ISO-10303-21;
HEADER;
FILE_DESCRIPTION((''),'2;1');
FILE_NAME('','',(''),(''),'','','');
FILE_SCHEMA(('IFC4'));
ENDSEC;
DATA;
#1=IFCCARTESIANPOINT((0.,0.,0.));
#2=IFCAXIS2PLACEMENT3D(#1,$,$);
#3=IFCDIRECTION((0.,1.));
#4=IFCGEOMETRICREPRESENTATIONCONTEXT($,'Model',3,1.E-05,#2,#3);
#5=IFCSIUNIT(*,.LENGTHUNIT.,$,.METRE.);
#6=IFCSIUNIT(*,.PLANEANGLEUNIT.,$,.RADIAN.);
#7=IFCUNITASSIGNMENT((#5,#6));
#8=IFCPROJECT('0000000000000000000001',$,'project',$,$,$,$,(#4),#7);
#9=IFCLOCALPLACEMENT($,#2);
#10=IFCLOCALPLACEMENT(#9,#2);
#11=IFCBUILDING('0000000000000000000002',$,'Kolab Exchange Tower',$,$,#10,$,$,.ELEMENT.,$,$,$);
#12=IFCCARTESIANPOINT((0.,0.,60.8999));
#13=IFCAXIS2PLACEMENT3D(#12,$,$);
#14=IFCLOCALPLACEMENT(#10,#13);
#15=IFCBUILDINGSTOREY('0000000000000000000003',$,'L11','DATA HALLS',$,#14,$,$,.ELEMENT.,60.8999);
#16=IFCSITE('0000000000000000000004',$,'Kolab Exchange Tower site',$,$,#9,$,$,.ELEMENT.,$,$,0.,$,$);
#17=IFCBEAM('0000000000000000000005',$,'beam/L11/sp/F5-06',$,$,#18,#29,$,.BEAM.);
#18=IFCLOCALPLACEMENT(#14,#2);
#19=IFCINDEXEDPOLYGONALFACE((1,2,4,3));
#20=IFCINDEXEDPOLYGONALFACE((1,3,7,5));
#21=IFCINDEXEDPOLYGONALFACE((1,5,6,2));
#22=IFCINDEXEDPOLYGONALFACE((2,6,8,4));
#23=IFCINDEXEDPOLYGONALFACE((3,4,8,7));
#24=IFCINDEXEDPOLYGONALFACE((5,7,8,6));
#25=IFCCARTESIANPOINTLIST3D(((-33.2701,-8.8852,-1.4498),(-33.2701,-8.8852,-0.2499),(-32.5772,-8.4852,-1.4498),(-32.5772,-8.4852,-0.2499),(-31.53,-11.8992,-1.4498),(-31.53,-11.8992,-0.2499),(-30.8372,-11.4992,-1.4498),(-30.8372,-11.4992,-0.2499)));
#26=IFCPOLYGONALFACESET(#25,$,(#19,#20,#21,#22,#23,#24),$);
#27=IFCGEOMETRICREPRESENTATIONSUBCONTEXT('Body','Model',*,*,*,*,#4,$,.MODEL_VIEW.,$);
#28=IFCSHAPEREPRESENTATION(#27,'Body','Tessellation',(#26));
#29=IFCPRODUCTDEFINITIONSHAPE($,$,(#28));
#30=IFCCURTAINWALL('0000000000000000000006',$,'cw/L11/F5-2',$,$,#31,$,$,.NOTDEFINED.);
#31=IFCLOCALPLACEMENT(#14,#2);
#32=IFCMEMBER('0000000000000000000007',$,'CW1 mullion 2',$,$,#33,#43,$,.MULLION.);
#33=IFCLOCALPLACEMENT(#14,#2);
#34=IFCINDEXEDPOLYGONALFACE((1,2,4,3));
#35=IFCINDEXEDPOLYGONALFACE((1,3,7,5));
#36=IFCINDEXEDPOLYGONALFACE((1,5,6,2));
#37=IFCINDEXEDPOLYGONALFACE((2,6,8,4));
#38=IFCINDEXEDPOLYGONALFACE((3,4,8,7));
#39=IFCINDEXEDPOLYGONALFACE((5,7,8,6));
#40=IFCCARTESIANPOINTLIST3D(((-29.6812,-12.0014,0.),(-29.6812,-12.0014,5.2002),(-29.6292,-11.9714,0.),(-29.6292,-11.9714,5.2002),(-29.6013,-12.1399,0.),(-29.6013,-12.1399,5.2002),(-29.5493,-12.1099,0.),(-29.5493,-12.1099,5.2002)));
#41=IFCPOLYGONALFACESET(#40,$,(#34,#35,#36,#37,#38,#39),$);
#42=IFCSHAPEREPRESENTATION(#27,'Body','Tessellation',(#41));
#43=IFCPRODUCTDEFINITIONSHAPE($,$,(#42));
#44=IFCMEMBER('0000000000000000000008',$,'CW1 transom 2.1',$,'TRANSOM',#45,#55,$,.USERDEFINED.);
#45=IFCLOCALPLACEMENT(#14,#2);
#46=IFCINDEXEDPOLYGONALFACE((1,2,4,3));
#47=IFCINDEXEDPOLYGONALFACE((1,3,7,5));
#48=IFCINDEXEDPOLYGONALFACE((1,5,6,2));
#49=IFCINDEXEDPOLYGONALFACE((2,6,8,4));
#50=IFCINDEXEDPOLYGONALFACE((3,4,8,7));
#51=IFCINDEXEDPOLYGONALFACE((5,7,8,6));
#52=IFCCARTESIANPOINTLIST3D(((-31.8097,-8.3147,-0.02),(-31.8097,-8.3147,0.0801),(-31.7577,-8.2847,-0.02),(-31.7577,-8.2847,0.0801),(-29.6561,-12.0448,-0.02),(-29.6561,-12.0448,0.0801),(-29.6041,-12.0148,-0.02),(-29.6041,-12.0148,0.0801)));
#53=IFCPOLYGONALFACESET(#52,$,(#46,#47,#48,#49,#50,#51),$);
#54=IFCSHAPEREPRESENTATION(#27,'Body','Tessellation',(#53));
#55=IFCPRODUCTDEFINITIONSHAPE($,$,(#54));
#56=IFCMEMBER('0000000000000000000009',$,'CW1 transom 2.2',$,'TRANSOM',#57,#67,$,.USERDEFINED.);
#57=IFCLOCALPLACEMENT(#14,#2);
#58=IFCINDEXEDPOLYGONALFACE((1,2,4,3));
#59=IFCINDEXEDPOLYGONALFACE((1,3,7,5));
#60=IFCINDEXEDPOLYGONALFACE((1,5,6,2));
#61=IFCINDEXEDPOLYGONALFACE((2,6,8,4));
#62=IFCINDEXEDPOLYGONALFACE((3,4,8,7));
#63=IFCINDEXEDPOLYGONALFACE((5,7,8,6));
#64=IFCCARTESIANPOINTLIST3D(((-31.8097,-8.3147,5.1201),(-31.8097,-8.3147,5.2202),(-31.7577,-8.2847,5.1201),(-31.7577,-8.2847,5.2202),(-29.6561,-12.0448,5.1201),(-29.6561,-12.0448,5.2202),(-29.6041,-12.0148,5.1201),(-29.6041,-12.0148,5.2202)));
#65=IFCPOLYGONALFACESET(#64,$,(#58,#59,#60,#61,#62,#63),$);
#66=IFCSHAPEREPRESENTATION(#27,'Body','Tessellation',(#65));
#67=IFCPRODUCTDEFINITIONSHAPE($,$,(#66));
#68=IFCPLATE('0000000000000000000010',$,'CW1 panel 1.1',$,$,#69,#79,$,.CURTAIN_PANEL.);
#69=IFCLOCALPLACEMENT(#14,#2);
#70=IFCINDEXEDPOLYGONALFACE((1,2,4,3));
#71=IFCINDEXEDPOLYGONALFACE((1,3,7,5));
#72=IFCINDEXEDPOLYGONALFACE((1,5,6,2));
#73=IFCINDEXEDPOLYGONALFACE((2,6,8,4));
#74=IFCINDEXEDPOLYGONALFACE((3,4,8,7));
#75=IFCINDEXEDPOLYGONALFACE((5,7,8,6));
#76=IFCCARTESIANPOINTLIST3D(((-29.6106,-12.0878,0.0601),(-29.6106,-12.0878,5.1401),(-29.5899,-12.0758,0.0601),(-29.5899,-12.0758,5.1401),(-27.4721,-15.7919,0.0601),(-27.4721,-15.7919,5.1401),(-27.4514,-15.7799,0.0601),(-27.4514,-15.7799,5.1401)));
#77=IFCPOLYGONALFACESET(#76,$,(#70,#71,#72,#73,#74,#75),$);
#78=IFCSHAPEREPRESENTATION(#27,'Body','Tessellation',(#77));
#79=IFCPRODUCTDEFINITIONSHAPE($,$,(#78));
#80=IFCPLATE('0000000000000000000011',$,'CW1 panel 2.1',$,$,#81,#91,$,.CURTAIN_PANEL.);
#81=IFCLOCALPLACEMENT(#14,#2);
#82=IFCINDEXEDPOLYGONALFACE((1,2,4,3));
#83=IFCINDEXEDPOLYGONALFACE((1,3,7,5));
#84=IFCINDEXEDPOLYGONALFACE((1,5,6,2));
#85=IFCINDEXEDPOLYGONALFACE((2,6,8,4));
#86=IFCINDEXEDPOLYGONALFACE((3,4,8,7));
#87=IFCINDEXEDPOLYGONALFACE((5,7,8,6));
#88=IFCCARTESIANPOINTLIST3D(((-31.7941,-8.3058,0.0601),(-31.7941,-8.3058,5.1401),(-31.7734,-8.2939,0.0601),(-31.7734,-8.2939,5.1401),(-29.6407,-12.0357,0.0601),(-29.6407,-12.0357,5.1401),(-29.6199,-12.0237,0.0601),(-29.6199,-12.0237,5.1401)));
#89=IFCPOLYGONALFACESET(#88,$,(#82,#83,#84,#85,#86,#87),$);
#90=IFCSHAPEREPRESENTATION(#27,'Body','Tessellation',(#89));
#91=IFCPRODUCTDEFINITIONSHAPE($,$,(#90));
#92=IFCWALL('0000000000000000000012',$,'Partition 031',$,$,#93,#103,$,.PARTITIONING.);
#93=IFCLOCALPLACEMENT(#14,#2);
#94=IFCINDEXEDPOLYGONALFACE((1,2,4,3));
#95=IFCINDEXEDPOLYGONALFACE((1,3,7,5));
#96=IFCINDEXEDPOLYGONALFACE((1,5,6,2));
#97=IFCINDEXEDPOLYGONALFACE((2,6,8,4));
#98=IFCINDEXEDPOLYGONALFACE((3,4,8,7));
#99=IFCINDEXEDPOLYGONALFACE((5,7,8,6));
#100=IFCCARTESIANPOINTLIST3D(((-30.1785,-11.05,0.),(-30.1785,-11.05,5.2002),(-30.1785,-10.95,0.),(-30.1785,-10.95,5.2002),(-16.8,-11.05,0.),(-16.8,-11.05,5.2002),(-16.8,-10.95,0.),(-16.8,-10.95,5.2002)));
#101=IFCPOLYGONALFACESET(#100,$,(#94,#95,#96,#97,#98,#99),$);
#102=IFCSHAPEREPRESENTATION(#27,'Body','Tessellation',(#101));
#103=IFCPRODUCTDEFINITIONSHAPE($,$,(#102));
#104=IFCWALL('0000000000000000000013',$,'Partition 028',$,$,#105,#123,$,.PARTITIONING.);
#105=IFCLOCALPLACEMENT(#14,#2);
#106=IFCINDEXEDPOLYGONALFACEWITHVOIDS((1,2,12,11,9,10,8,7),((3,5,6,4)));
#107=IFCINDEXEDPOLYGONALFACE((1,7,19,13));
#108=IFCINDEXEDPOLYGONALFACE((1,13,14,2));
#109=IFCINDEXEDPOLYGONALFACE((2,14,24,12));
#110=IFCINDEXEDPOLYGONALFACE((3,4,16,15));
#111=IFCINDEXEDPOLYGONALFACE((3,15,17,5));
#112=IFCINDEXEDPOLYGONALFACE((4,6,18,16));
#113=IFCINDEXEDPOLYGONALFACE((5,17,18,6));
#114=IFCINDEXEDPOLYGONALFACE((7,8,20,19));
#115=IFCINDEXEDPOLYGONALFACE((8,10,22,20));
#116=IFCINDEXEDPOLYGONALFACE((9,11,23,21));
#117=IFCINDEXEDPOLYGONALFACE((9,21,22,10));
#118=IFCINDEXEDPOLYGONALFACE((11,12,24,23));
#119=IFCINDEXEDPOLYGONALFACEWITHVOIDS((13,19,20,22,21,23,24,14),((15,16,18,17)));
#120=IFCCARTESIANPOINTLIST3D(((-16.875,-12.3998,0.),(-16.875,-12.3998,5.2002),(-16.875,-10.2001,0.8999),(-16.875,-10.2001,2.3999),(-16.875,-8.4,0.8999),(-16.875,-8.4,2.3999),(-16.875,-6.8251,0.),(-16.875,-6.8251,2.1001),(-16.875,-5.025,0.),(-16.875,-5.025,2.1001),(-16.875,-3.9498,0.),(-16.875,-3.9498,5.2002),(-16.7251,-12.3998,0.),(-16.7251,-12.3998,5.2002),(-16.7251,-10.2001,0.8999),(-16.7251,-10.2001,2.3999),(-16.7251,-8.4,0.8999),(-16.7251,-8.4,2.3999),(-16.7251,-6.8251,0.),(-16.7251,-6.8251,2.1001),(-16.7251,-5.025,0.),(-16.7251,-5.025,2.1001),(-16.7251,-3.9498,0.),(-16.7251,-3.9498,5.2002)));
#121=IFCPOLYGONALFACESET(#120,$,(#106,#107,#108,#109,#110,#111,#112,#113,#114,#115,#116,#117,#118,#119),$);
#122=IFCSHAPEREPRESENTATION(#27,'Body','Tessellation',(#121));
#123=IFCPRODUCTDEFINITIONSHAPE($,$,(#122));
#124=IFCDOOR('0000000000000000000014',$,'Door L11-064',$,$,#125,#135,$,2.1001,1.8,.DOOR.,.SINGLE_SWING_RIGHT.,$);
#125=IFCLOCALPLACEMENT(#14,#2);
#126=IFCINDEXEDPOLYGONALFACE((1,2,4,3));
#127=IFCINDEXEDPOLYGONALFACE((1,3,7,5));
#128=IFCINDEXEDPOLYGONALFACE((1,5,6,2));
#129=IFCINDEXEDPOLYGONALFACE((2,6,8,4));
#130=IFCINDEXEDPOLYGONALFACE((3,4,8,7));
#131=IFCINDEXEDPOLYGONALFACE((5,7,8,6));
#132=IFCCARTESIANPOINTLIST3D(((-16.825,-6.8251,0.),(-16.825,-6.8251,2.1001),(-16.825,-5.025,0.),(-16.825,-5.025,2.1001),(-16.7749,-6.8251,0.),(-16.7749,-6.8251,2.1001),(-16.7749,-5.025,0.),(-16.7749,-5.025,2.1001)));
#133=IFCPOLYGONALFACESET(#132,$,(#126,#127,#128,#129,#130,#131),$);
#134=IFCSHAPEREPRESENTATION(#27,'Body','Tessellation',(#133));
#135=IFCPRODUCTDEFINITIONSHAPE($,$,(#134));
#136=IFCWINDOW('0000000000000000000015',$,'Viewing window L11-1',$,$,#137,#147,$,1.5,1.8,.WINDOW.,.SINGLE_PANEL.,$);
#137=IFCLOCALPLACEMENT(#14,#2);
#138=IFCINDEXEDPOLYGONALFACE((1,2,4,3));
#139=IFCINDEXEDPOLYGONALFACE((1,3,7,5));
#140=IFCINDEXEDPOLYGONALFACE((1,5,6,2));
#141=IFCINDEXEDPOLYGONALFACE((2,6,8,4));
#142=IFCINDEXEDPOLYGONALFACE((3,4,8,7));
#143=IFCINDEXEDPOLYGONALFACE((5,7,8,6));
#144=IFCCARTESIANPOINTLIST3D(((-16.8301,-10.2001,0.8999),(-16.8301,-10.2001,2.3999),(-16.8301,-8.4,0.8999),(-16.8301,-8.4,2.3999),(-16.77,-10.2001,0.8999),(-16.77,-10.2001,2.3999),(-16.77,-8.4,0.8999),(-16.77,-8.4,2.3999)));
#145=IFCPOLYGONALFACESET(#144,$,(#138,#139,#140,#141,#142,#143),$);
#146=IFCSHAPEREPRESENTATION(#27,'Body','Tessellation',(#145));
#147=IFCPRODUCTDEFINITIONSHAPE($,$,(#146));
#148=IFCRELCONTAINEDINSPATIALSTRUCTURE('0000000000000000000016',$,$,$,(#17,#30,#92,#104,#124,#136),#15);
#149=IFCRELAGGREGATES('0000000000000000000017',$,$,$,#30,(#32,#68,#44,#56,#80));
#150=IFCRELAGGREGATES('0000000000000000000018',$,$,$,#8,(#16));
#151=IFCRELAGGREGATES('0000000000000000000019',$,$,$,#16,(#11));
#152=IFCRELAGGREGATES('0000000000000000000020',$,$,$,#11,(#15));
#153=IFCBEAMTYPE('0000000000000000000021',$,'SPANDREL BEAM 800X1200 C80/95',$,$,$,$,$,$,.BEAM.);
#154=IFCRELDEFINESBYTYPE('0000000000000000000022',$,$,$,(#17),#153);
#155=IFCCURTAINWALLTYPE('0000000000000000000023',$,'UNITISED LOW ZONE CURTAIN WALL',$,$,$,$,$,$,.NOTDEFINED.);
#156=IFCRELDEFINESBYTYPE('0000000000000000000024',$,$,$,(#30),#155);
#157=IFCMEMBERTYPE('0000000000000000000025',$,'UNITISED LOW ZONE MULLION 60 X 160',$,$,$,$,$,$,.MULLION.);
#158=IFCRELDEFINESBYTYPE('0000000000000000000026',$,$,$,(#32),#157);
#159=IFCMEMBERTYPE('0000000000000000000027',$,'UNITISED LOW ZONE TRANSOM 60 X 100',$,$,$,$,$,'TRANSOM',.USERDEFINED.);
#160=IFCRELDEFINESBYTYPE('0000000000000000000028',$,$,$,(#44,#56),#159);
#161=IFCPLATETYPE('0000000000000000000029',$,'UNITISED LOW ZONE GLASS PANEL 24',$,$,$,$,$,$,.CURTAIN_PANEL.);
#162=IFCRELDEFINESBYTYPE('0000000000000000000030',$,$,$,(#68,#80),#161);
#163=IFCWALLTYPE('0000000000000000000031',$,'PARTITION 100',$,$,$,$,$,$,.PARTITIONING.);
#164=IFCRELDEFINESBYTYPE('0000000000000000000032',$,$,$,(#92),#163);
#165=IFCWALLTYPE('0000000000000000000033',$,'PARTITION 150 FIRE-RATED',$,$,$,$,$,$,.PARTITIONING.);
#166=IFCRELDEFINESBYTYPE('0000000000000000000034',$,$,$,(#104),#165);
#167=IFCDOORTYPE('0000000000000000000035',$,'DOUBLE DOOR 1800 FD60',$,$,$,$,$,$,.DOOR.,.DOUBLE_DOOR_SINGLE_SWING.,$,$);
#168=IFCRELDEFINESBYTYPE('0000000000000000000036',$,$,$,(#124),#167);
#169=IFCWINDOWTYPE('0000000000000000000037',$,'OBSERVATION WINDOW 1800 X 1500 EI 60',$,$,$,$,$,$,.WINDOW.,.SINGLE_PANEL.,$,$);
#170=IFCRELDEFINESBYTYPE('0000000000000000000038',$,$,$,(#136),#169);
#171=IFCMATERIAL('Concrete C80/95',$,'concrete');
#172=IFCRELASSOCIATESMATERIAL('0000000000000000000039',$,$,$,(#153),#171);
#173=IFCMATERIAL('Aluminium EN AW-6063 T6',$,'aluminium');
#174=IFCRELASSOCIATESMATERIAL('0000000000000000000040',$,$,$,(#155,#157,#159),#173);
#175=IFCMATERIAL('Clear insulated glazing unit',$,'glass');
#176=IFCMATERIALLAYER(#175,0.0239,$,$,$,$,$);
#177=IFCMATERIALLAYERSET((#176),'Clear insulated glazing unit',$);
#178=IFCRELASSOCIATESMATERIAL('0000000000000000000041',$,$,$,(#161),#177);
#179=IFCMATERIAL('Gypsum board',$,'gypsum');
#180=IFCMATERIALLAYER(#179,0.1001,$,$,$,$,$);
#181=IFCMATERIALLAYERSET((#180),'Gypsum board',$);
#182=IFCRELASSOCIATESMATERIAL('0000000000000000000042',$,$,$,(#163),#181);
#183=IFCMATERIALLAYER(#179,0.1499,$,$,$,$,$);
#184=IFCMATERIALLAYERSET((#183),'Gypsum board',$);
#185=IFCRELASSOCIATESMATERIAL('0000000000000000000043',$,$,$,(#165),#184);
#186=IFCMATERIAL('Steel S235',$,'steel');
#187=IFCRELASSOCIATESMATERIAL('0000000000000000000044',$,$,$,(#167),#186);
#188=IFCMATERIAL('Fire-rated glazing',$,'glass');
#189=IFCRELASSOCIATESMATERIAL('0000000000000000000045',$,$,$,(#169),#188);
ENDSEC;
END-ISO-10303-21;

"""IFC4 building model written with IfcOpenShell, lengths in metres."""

from ifc_helpers import new_model, si_unit, direction, frame, frame_2d, origin, origin_2d, place, context, subcontext, project, spatial, rectangle, extrude, material, layer, layer_set, material_profile, profile_set, type_object, element, fill, aggregate, save


model = new_model("IFC4")

# Units and contexts
model_context = context("Model", 3, precision=1e-05, world=origin(), true_north=direction((0.0, 1.0)))
body_context = subcontext(model_context, "Body", "Model", "MODEL_VIEW")
ifc_project = project(units=[si_unit("LENGTHUNIT", "METRE"), si_unit("PLANEANGLEUNIT", "RADIAN")], contexts=[model_context])

# Site, building, storey
site_placement = place(None, origin())
site = spatial("IfcSite", under=ifc_project, at=site_placement, Name="Kolab Exchange Tower site", CompositionType="ELEMENT", RefElevation=0.0)
building_placement = place(site_placement, origin())
building = spatial("IfcBuilding", under=site, at=building_placement, Name="Kolab Exchange Tower", CompositionType="ELEMENT")
storey_placement = place(building_placement, frame((0.0, 0.0, 60.8999)))
storey = spatial("IfcBuildingStorey", under=building, at=storey_placement, Name="L11", Description="DATA HALLS", CompositionType="ELEMENT", Elevation=60.8999)

# Shared definitions
ifc_material_1 = material(Name="Concrete C80/95", Category="concrete")

# Beam
ifc_material_profile_1 = material_profile(ifc_material_1, rectangle(XDim=0.8, YDim=1.2, at=origin_2d()), Name="RC800X1200")
ifc_profile_set_1 = profile_set([ifc_material_profile_1], Name="Concrete C80/95")
beam_type_1 = type_object("IfcBeamType", Name="SPANDREL BEAM 800X1200 C80/95", PredefinedType="BEAM", material=ifc_profile_set_1)
beam_1_placement = place(storey_placement, frame((-31.1836, -11.6992, -0.8499), z_axis=(-0.49998, 0.866037, 0.0), x_axis=(-0.866037, -0.49998, 0.0)))
element("IfcBeam", 1, at=beam_1_placement, inside=storey, type_object=beam_type_1, Name="beam/L11/sp/F5-06", PredefinedType="BEAM", context=body_context, shape_type="SweptSolid", body=[
    extrude(rectangle(XDim=0.8, YDim=1.2, at=origin_2d()), origin(), (0.0, 0.0, 1.0), 3.4802),
])

# Curtain wall, members, plates
ifc_material_2 = material(Name="Aluminium EN AW-6063 T6", Category="aluminium")
curtain_wall_type = type_object("IfcCurtainWallType", Name="UNITISED LOW ZONE CURTAIN WALL", PredefinedType="NOTDEFINED", material=ifc_material_2)
curtain_wall_placement = place(storey_placement, origin())
curtain_wall = element("IfcCurtainWall", 2, at=curtain_wall_placement, inside=storey, type_object=curtain_wall_type, Name="cw/L11/F5-2", PredefinedType="NOTDEFINED")
ifc_material_profile_2 = material_profile(ifc_material_2, rectangle(XDim=0.0601, YDim=0.1599, at=origin_2d()), Name="RECT 60X160")
ifc_profile_set_2 = profile_set([ifc_material_profile_2], Name="Aluminium EN AW-6063 T6")
member_type_1 = type_object("IfcMemberType", Name="UNITISED LOW ZONE MULLION 60 X 160", PredefinedType="MULLION", material=ifc_profile_set_2)
member_1_placement = place(storey_placement, frame((-29.6152, -12.0557, 0.0), z_axis=(0.0, 0.0, 1.0), x_axis=(-0.866025, -0.5, 0.0)))
member_1 = element("IfcMember", 3, at=member_1_placement, type_object=member_type_1, Name="CW1 mullion 2", PredefinedType="MULLION", context=body_context, shape_type="SweptSolid", body=[
    extrude(rectangle(XDim=0.0601, YDim=0.1599, at=origin_2d()), origin(), (0.0, 0.0, 1.0), 5.2002),
])
ifc_material_profile_3 = material_profile(ifc_material_2, rectangle(XDim=0.0601, YDim=0.1001, at=origin_2d()), Name="RECT 60X100")
ifc_profile_set_3 = profile_set([ifc_material_profile_3], Name="Aluminium EN AW-6063 T6")
member_type_2 = type_object("IfcMemberType", Name="UNITISED LOW ZONE TRANSOM 60 X 100", ElementType="TRANSOM", PredefinedType="USERDEFINED", material=ifc_profile_set_3)
member_2_placement = place(storey_placement, frame((-29.6301, -12.0298, 0.03), z_axis=(-0.50001, 0.866019, 0.0), x_axis=(-0.866019, -0.50001, 0.0)))
member_2 = element("IfcMember", 4, at=member_2_placement, type_object=member_type_2, Name="CW1 transom 2.1", ObjectType="TRANSOM", PredefinedType="USERDEFINED", context=body_context, shape_type="SweptSolid", body=[
    extrude(rectangle(XDim=0.0601, YDim=0.1001, at=origin_2d()), origin(), (0.0, 0.0, 1.0), 4.3071),
])
member_3_placement = place(storey_placement, frame((-29.6301, -12.0298, 5.1702), z_axis=(-0.50001, 0.866019, 0.0), x_axis=(-0.866019, -0.50001, 0.0)))
member_3 = element("IfcMember", 5, at=member_3_placement, type_object=member_type_2, Name="CW1 transom 2.2", ObjectType="TRANSOM", PredefinedType="USERDEFINED", context=body_context, shape_type="SweptSolid", body=[
    extrude(rectangle(XDim=0.0601, YDim=0.1001, at=origin_2d()), origin(), (0.0, 0.0, 1.0), 4.3071),
])
ifc_material_3 = material(Name="Clear insulated glazing unit", Category="glass")
ifc_layer_1 = layer(ifc_material_3, 0.0239)
ifc_layer_set_1 = layer_set([ifc_layer_1], Name="Clear insulated glazing unit")
plate_type = type_object("IfcPlateType", Name="UNITISED LOW ZONE GLASS PANEL 24", PredefinedType="CURTAIN_PANEL", material=ifc_layer_set_1)
plate_1_placement = place(storey_placement, frame((-28.531, -13.9338, 0.0601), z_axis=(0.0, 0.0, 1.0), x_axis=(-0.5, 0.866025, 0.0)))
plate_1 = element("IfcPlate", 6, at=plate_1_placement, type_object=plate_type, Name="CW1 panel 1.1", PredefinedType="CURTAIN_PANEL", context=body_context, shape_type="SweptSolid", body=[
    extrude(rectangle(XDim=4.2771, YDim=0.0239, at=origin_2d()), origin(), (0.0, 0.0, 1.0), 5.0801),
])
plate_2_placement = place(storey_placement, frame((-30.707, -10.1648, 0.0601), z_axis=(0.0, 0.0, 1.0), x_axis=(-0.5, 0.866025, 0.0)))
plate_2 = element("IfcPlate", 7, at=plate_2_placement, type_object=plate_type, Name="CW1 panel 2.1", PredefinedType="CURTAIN_PANEL", context=body_context, shape_type="SweptSolid", body=[
    extrude(rectangle(XDim=4.3069, YDim=0.0239, at=origin_2d()), origin(), (0.0, 0.0, 1.0), 5.0801),
])
aggregate(curtain_wall, [member_1, plate_1, member_2, member_3, plate_2])

# Wall
ifc_material_4 = material(Name="Gypsum board", Category="gypsum")
ifc_layer_2 = layer(ifc_material_4, 0.1001)
ifc_layer_set_2 = layer_set([ifc_layer_2], Name="Gypsum board")
wall_type_1 = type_object("IfcWallType", Name="PARTITION 100", PredefinedType="PARTITIONING", material=ifc_layer_set_2)
wall_1_placement = place(storey_placement, frame((-30.1785, -11.0, 0.0), z_axis=(0.0, 0.0, 1.0), x_axis=(1.0, 0.0, 0.0)))
element("IfcWall", 8, at=wall_1_placement, inside=storey, type_object=wall_type_1, Name="Partition 031", PredefinedType="PARTITIONING", context=body_context, shape_type="SweptSolid", body=[
    extrude(rectangle(XDim=13.3784, YDim=0.1001, at=frame_2d((6.6892, 0.0))), origin(), (0.0, 0.0, 1.0), 5.2002),
])

# Wall, openings, door, window
ifc_layer_3 = layer(ifc_material_4, 0.1499)
ifc_layer_set_3 = layer_set([ifc_layer_3], Name="Gypsum board")
wall_type_2 = type_object("IfcWallType", Name="PARTITION 150 FIRE-RATED", PredefinedType="PARTITIONING", material=ifc_layer_set_3)
wall_2_placement = place(storey_placement, frame((-16.8, -12.3999, 0.0), z_axis=(0.0, 0.0, 1.0), x_axis=(0.0, 1.0, 0.0)))
wall_2 = element("IfcWall", 9, at=wall_2_placement, inside=storey, type_object=wall_type_2, Name="Partition 028", PredefinedType="PARTITIONING", context=body_context, shape_type="SweptSolid", body=[
    extrude(rectangle(XDim=8.45, YDim=0.1499, at=frame_2d((4.2251, 0.0))), origin(), (0.0, 0.0, 1.0), 5.2002),
])
opening_1_placement = place(wall_2_placement, frame((5.575, 0.0, 0.0)))
opening_1 = element("IfcOpeningElement", 10, at=opening_1_placement, cuts=wall_2, PredefinedType="OPENING", context=body_context, shape_type="SweptSolid", body=[
    extrude(rectangle(XDim=1.8, YDim=2.1001, at=frame_2d((0.8999, 1.05))), frame((0.0, 0.085, 0.0), z_axis=(0.0, -1.0, 0.0), x_axis=(1.0, 0.0, 0.0)), (0.0, 0.0, 1.0), 0.1699),
])
opening_2_placement = place(wall_2_placement, frame((2.2, 0.0, 0.8999)))
opening_2 = element("IfcOpeningElement", 11, at=opening_2_placement, cuts=wall_2, PredefinedType="OPENING", context=body_context, shape_type="SweptSolid", body=[
    extrude(rectangle(XDim=1.8, YDim=1.5, at=frame_2d((0.8999, 0.75))), frame((0.0, 0.085, 0.0), z_axis=(0.0, -1.0, 0.0), x_axis=(1.0, 0.0, 0.0)), (0.0, 0.0, 1.0), 0.1699),
])
ifc_material_5 = material(Name="Steel S235", Category="steel")
door_type_1 = type_object("IfcDoorType", Name="DOUBLE DOOR 1800 FD60", OperationType="DOUBLE_DOOR_SINGLE_SWING", PredefinedType="DOOR", material=ifc_material_5)
door_1_placement = place(opening_1_placement, origin())
door_1 = element("IfcDoor", 12, at=door_1_placement, inside=storey, type_object=door_type_1, Name="Door L11-064", OperationType="SINGLE_SWING_RIGHT", OverallHeight=2.1001, OverallWidth=1.8, PredefinedType="DOOR", context=body_context, shape_type="SweptSolid", body=[
    extrude(rectangle(XDim=1.8, YDim=2.1001, at=frame_2d((0.8999, 1.05))), frame((0.0, 0.0249, 0.0), z_axis=(0.0, -1.0, 0.0), x_axis=(1.0, 0.0, 0.0)), (0.0, 0.0, 1.0), 0.05),
])
fill(opening_1, door_1)
ifc_material_6 = material(Name="Fire-rated glazing", Category="glass")
window_type = type_object("IfcWindowType", Name="OBSERVATION WINDOW 1800 X 1500 EI 60", PartitioningType="SINGLE_PANEL", PredefinedType="WINDOW", material=ifc_material_6)
window_placement = place(opening_2_placement, origin())
window = element("IfcWindow", 13, at=window_placement, inside=storey, type_object=window_type, Name="Viewing window L11-1", OverallHeight=1.5, OverallWidth=1.8, PartitioningType="SINGLE_PANEL", PredefinedType="WINDOW", context=body_context, shape_type="SweptSolid", body=[
    extrude(rectangle(XDim=1.8, YDim=1.5, at=frame_2d((0.8999, 0.75))), frame((0.0, 0.03, 0.0), z_axis=(0.0, -1.0, 0.0), x_axis=(1.0, 0.0, 0.0)), (0.0, 0.0, 1.0), 0.0601),
])
fill(opening_2, window)

save(model, "model.ifc")
